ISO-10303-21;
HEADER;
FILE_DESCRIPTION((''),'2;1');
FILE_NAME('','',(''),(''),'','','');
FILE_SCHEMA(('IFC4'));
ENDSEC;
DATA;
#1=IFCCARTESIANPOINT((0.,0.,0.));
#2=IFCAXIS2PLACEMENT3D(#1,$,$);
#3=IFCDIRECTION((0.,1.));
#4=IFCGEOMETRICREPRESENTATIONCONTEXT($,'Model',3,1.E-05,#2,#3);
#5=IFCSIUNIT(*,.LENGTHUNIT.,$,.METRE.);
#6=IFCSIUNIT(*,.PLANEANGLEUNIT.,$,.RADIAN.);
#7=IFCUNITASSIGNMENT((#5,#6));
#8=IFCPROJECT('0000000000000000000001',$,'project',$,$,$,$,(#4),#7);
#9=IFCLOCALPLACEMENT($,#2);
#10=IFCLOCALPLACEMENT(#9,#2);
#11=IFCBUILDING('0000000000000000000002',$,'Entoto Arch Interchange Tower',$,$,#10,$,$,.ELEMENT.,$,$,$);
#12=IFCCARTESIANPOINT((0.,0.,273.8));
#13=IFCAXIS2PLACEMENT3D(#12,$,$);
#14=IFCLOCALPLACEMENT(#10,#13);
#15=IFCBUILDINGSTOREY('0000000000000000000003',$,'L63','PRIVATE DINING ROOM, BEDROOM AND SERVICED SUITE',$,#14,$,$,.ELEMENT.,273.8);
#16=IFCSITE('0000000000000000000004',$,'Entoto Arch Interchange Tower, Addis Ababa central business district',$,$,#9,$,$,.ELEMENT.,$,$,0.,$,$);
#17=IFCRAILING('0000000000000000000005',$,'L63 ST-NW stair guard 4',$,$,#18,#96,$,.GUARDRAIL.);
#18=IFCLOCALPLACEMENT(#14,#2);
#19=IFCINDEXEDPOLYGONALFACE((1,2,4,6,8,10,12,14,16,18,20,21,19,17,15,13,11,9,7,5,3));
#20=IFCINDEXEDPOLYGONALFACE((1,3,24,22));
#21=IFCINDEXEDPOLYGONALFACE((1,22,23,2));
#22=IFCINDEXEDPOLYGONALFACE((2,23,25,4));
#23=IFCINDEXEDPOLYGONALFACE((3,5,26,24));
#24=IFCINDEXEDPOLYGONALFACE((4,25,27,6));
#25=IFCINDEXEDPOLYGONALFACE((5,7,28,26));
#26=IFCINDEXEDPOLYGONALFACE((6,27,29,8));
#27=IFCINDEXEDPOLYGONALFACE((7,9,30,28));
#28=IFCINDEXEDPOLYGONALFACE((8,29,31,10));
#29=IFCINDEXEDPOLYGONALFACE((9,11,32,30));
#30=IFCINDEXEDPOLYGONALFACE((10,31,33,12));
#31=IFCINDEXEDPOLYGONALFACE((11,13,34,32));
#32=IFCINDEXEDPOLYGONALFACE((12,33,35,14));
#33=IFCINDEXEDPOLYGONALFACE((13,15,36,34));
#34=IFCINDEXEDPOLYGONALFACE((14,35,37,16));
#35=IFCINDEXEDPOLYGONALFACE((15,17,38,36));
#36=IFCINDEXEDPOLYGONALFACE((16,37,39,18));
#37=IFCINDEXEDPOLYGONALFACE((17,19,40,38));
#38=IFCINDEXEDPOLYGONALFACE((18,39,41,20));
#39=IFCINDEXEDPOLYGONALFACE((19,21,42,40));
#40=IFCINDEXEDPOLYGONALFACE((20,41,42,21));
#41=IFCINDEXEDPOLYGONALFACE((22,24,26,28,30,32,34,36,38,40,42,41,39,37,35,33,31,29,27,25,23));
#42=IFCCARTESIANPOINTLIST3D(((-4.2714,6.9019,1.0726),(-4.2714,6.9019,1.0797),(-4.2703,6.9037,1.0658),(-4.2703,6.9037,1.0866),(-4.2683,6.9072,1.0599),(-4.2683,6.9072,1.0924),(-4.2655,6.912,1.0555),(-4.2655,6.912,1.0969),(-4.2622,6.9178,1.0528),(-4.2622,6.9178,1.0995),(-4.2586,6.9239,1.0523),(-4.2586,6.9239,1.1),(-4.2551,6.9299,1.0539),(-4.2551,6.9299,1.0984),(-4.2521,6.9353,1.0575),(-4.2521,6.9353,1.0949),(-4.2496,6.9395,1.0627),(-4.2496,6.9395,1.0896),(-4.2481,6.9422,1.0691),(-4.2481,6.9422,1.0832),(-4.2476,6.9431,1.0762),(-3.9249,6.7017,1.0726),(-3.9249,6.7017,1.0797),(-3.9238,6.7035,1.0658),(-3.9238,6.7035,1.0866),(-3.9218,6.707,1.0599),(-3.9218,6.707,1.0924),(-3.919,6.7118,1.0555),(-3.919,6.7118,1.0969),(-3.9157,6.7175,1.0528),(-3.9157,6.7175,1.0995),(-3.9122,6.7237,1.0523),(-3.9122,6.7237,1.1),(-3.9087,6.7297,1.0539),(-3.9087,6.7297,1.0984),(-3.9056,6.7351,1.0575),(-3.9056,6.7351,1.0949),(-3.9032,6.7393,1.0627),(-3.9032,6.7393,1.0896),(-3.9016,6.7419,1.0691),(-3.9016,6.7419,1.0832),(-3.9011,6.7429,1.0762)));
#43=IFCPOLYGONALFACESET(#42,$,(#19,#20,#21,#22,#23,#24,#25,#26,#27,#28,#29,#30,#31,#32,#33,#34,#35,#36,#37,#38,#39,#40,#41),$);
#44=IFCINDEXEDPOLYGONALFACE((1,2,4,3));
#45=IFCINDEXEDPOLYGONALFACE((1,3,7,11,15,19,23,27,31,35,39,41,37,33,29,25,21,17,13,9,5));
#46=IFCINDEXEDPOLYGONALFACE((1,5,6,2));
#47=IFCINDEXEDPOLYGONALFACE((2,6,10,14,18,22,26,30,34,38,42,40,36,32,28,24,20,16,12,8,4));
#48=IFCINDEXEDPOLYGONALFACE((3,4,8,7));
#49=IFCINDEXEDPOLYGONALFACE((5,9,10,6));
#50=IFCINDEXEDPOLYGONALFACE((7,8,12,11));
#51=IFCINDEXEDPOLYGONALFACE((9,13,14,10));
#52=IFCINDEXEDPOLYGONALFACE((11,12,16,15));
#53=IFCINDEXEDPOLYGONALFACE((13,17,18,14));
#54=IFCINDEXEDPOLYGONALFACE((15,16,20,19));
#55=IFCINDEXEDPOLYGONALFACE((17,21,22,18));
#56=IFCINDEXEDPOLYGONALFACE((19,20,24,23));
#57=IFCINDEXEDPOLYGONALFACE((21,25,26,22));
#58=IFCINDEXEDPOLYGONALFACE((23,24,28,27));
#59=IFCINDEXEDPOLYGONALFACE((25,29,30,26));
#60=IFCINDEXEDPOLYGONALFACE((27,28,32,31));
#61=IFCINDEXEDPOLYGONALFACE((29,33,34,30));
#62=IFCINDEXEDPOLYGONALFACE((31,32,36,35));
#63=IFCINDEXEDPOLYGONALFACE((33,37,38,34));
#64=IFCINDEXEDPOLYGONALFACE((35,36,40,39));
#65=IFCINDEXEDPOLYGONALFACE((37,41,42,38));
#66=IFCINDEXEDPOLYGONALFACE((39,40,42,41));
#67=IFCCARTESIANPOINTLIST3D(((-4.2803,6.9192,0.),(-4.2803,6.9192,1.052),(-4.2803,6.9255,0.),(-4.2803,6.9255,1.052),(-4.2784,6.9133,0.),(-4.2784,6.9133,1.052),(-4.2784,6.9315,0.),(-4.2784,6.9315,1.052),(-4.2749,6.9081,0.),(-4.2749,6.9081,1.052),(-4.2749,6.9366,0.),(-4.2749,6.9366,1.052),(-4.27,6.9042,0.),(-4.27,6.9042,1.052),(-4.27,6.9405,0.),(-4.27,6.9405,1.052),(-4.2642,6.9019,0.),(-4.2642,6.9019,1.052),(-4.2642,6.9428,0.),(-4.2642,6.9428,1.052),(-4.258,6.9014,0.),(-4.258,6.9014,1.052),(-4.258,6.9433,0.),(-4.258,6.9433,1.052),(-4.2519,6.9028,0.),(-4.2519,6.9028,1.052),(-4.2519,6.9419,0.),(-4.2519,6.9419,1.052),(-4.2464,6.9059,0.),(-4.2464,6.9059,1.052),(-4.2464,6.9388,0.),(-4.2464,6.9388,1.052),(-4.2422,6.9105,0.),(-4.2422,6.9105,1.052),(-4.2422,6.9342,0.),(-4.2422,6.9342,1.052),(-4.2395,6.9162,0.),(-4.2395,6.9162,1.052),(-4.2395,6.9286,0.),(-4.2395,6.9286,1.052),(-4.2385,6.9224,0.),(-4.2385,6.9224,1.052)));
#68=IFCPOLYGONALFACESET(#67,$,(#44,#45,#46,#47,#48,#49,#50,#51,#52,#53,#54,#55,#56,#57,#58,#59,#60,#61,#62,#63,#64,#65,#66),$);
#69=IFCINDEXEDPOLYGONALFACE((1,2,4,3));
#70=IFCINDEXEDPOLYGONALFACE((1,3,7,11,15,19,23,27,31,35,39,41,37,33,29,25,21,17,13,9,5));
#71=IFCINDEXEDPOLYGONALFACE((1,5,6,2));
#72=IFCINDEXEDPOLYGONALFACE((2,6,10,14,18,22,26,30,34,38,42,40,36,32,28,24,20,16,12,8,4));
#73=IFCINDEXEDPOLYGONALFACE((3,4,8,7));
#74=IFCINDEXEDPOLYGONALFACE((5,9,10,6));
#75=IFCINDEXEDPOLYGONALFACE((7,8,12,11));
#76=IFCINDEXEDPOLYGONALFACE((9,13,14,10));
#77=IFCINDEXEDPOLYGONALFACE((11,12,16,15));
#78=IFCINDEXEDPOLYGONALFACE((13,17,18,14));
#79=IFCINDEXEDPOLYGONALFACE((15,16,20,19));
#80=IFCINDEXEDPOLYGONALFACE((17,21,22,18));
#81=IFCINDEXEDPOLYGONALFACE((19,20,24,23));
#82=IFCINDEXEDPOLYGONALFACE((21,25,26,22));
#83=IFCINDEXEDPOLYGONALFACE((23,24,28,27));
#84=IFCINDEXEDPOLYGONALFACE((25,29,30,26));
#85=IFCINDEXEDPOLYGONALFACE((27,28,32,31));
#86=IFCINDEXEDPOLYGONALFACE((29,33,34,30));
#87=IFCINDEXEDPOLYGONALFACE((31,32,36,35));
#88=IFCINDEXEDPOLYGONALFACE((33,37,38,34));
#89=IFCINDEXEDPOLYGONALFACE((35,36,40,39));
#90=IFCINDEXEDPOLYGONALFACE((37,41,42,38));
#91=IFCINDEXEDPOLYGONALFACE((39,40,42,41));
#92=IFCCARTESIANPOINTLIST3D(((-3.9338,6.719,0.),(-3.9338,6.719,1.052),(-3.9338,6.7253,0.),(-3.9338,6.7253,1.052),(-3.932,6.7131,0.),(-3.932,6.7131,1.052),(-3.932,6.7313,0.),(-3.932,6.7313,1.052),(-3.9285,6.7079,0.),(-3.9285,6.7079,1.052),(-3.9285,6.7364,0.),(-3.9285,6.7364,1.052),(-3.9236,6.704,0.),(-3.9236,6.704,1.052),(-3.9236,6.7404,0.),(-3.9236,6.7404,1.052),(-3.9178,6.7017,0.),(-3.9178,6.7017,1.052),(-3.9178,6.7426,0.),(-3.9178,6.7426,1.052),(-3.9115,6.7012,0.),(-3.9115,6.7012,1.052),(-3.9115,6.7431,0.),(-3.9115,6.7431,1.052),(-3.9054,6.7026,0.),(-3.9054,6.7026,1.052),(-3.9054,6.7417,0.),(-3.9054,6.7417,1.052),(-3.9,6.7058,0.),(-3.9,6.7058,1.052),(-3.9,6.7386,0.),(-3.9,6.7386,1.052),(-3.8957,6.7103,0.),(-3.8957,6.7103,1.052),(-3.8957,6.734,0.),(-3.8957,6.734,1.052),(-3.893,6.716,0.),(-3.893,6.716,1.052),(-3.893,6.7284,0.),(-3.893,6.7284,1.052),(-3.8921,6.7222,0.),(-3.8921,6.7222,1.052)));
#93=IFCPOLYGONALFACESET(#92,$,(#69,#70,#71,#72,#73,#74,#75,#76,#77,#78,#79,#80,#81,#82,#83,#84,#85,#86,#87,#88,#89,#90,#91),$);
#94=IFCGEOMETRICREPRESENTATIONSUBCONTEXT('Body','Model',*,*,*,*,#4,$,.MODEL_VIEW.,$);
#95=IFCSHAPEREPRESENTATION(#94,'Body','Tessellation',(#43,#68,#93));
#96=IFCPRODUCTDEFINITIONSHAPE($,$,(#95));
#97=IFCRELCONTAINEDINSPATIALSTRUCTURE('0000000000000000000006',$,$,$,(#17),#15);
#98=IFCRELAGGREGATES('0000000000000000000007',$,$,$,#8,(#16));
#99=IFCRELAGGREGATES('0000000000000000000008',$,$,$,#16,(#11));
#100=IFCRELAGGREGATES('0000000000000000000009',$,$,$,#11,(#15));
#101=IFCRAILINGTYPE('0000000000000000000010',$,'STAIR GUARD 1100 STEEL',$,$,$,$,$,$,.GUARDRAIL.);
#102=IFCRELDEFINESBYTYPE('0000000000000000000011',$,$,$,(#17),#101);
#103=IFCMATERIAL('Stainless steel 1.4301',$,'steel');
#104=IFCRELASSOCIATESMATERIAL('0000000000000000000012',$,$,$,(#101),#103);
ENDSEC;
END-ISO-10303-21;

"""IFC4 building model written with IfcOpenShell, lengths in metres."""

from ifc_helpers import new_model, si_unit, direction, frame, origin, origin_2d, place, context, subcontext, project, spatial, circle, extrude, material, type_object, element, save


model = new_model("IFC4")

# Units and contexts
model_context = context("Model", 3, precision=1e-05, world=origin(), true_north=direction((0.0, 1.0)))
body_context = subcontext(model_context, "Body", "Model", "MODEL_VIEW")
ifc_project = project(units=[si_unit("LENGTHUNIT", "METRE"), si_unit("PLANEANGLEUNIT", "RADIAN")], contexts=[model_context])

# Site, building, storey
site_placement = place(None, origin())
site = spatial("IfcSite", under=ifc_project, at=site_placement, Name="Entoto Arch Interchange Tower, Addis Ababa central business district", CompositionType="ELEMENT", RefElevation=0.0)
building_placement = place(site_placement, origin())
building = spatial("IfcBuilding", under=site, at=building_placement, Name="Entoto Arch Interchange Tower", CompositionType="ELEMENT")
storey_placement = place(building_placement, frame((0.0, 0.0, 273.8)))
storey = spatial("IfcBuildingStorey", under=building, at=storey_placement, Name="L63", Description="PRIVATE DINING ROOM, BEDROOM AND SERVICED SUITE", CompositionType="ELEMENT", Elevation=273.8)

# Railing
ifc_material_1 = material(Name="Stainless steel 1.4301", Category="steel")
railing_type_1 = type_object("IfcRailingType", Name="STAIR GUARD 1100 STEEL", PredefinedType="GUARDRAIL", material=ifc_material_1)
railing_1_placement = place(storey_placement, frame((-4.2595, 6.9224, 0.0)))
element("IfcRailing", 1, at=railing_1_placement, inside=storey, type_object=railing_type_1, Name="L63 ST-NW stair guard 4", PredefinedType="GUARDRAIL", context=body_context, shape_type="SweptSolid", body=[
    extrude(circle(Radius=0.0239, at=origin_2d()), frame((0.0, 0.0, 1.0762), z_axis=(0.86583, -0.500339, 0.0), x_axis=(0.500339, 0.86583, 0.0)), (0.0, 0.0, 1.0), 0.4001),
    extrude(circle(Radius=0.021, at=origin_2d()), origin(), (0.0, 0.0, 1.0), 1.052),
    extrude(circle(Radius=0.021, at=origin_2d()), frame((0.3464, -0.2002, 0.0)), (0.0, 0.0, 1.0), 1.052),
])

save(model, "model.ifc")
